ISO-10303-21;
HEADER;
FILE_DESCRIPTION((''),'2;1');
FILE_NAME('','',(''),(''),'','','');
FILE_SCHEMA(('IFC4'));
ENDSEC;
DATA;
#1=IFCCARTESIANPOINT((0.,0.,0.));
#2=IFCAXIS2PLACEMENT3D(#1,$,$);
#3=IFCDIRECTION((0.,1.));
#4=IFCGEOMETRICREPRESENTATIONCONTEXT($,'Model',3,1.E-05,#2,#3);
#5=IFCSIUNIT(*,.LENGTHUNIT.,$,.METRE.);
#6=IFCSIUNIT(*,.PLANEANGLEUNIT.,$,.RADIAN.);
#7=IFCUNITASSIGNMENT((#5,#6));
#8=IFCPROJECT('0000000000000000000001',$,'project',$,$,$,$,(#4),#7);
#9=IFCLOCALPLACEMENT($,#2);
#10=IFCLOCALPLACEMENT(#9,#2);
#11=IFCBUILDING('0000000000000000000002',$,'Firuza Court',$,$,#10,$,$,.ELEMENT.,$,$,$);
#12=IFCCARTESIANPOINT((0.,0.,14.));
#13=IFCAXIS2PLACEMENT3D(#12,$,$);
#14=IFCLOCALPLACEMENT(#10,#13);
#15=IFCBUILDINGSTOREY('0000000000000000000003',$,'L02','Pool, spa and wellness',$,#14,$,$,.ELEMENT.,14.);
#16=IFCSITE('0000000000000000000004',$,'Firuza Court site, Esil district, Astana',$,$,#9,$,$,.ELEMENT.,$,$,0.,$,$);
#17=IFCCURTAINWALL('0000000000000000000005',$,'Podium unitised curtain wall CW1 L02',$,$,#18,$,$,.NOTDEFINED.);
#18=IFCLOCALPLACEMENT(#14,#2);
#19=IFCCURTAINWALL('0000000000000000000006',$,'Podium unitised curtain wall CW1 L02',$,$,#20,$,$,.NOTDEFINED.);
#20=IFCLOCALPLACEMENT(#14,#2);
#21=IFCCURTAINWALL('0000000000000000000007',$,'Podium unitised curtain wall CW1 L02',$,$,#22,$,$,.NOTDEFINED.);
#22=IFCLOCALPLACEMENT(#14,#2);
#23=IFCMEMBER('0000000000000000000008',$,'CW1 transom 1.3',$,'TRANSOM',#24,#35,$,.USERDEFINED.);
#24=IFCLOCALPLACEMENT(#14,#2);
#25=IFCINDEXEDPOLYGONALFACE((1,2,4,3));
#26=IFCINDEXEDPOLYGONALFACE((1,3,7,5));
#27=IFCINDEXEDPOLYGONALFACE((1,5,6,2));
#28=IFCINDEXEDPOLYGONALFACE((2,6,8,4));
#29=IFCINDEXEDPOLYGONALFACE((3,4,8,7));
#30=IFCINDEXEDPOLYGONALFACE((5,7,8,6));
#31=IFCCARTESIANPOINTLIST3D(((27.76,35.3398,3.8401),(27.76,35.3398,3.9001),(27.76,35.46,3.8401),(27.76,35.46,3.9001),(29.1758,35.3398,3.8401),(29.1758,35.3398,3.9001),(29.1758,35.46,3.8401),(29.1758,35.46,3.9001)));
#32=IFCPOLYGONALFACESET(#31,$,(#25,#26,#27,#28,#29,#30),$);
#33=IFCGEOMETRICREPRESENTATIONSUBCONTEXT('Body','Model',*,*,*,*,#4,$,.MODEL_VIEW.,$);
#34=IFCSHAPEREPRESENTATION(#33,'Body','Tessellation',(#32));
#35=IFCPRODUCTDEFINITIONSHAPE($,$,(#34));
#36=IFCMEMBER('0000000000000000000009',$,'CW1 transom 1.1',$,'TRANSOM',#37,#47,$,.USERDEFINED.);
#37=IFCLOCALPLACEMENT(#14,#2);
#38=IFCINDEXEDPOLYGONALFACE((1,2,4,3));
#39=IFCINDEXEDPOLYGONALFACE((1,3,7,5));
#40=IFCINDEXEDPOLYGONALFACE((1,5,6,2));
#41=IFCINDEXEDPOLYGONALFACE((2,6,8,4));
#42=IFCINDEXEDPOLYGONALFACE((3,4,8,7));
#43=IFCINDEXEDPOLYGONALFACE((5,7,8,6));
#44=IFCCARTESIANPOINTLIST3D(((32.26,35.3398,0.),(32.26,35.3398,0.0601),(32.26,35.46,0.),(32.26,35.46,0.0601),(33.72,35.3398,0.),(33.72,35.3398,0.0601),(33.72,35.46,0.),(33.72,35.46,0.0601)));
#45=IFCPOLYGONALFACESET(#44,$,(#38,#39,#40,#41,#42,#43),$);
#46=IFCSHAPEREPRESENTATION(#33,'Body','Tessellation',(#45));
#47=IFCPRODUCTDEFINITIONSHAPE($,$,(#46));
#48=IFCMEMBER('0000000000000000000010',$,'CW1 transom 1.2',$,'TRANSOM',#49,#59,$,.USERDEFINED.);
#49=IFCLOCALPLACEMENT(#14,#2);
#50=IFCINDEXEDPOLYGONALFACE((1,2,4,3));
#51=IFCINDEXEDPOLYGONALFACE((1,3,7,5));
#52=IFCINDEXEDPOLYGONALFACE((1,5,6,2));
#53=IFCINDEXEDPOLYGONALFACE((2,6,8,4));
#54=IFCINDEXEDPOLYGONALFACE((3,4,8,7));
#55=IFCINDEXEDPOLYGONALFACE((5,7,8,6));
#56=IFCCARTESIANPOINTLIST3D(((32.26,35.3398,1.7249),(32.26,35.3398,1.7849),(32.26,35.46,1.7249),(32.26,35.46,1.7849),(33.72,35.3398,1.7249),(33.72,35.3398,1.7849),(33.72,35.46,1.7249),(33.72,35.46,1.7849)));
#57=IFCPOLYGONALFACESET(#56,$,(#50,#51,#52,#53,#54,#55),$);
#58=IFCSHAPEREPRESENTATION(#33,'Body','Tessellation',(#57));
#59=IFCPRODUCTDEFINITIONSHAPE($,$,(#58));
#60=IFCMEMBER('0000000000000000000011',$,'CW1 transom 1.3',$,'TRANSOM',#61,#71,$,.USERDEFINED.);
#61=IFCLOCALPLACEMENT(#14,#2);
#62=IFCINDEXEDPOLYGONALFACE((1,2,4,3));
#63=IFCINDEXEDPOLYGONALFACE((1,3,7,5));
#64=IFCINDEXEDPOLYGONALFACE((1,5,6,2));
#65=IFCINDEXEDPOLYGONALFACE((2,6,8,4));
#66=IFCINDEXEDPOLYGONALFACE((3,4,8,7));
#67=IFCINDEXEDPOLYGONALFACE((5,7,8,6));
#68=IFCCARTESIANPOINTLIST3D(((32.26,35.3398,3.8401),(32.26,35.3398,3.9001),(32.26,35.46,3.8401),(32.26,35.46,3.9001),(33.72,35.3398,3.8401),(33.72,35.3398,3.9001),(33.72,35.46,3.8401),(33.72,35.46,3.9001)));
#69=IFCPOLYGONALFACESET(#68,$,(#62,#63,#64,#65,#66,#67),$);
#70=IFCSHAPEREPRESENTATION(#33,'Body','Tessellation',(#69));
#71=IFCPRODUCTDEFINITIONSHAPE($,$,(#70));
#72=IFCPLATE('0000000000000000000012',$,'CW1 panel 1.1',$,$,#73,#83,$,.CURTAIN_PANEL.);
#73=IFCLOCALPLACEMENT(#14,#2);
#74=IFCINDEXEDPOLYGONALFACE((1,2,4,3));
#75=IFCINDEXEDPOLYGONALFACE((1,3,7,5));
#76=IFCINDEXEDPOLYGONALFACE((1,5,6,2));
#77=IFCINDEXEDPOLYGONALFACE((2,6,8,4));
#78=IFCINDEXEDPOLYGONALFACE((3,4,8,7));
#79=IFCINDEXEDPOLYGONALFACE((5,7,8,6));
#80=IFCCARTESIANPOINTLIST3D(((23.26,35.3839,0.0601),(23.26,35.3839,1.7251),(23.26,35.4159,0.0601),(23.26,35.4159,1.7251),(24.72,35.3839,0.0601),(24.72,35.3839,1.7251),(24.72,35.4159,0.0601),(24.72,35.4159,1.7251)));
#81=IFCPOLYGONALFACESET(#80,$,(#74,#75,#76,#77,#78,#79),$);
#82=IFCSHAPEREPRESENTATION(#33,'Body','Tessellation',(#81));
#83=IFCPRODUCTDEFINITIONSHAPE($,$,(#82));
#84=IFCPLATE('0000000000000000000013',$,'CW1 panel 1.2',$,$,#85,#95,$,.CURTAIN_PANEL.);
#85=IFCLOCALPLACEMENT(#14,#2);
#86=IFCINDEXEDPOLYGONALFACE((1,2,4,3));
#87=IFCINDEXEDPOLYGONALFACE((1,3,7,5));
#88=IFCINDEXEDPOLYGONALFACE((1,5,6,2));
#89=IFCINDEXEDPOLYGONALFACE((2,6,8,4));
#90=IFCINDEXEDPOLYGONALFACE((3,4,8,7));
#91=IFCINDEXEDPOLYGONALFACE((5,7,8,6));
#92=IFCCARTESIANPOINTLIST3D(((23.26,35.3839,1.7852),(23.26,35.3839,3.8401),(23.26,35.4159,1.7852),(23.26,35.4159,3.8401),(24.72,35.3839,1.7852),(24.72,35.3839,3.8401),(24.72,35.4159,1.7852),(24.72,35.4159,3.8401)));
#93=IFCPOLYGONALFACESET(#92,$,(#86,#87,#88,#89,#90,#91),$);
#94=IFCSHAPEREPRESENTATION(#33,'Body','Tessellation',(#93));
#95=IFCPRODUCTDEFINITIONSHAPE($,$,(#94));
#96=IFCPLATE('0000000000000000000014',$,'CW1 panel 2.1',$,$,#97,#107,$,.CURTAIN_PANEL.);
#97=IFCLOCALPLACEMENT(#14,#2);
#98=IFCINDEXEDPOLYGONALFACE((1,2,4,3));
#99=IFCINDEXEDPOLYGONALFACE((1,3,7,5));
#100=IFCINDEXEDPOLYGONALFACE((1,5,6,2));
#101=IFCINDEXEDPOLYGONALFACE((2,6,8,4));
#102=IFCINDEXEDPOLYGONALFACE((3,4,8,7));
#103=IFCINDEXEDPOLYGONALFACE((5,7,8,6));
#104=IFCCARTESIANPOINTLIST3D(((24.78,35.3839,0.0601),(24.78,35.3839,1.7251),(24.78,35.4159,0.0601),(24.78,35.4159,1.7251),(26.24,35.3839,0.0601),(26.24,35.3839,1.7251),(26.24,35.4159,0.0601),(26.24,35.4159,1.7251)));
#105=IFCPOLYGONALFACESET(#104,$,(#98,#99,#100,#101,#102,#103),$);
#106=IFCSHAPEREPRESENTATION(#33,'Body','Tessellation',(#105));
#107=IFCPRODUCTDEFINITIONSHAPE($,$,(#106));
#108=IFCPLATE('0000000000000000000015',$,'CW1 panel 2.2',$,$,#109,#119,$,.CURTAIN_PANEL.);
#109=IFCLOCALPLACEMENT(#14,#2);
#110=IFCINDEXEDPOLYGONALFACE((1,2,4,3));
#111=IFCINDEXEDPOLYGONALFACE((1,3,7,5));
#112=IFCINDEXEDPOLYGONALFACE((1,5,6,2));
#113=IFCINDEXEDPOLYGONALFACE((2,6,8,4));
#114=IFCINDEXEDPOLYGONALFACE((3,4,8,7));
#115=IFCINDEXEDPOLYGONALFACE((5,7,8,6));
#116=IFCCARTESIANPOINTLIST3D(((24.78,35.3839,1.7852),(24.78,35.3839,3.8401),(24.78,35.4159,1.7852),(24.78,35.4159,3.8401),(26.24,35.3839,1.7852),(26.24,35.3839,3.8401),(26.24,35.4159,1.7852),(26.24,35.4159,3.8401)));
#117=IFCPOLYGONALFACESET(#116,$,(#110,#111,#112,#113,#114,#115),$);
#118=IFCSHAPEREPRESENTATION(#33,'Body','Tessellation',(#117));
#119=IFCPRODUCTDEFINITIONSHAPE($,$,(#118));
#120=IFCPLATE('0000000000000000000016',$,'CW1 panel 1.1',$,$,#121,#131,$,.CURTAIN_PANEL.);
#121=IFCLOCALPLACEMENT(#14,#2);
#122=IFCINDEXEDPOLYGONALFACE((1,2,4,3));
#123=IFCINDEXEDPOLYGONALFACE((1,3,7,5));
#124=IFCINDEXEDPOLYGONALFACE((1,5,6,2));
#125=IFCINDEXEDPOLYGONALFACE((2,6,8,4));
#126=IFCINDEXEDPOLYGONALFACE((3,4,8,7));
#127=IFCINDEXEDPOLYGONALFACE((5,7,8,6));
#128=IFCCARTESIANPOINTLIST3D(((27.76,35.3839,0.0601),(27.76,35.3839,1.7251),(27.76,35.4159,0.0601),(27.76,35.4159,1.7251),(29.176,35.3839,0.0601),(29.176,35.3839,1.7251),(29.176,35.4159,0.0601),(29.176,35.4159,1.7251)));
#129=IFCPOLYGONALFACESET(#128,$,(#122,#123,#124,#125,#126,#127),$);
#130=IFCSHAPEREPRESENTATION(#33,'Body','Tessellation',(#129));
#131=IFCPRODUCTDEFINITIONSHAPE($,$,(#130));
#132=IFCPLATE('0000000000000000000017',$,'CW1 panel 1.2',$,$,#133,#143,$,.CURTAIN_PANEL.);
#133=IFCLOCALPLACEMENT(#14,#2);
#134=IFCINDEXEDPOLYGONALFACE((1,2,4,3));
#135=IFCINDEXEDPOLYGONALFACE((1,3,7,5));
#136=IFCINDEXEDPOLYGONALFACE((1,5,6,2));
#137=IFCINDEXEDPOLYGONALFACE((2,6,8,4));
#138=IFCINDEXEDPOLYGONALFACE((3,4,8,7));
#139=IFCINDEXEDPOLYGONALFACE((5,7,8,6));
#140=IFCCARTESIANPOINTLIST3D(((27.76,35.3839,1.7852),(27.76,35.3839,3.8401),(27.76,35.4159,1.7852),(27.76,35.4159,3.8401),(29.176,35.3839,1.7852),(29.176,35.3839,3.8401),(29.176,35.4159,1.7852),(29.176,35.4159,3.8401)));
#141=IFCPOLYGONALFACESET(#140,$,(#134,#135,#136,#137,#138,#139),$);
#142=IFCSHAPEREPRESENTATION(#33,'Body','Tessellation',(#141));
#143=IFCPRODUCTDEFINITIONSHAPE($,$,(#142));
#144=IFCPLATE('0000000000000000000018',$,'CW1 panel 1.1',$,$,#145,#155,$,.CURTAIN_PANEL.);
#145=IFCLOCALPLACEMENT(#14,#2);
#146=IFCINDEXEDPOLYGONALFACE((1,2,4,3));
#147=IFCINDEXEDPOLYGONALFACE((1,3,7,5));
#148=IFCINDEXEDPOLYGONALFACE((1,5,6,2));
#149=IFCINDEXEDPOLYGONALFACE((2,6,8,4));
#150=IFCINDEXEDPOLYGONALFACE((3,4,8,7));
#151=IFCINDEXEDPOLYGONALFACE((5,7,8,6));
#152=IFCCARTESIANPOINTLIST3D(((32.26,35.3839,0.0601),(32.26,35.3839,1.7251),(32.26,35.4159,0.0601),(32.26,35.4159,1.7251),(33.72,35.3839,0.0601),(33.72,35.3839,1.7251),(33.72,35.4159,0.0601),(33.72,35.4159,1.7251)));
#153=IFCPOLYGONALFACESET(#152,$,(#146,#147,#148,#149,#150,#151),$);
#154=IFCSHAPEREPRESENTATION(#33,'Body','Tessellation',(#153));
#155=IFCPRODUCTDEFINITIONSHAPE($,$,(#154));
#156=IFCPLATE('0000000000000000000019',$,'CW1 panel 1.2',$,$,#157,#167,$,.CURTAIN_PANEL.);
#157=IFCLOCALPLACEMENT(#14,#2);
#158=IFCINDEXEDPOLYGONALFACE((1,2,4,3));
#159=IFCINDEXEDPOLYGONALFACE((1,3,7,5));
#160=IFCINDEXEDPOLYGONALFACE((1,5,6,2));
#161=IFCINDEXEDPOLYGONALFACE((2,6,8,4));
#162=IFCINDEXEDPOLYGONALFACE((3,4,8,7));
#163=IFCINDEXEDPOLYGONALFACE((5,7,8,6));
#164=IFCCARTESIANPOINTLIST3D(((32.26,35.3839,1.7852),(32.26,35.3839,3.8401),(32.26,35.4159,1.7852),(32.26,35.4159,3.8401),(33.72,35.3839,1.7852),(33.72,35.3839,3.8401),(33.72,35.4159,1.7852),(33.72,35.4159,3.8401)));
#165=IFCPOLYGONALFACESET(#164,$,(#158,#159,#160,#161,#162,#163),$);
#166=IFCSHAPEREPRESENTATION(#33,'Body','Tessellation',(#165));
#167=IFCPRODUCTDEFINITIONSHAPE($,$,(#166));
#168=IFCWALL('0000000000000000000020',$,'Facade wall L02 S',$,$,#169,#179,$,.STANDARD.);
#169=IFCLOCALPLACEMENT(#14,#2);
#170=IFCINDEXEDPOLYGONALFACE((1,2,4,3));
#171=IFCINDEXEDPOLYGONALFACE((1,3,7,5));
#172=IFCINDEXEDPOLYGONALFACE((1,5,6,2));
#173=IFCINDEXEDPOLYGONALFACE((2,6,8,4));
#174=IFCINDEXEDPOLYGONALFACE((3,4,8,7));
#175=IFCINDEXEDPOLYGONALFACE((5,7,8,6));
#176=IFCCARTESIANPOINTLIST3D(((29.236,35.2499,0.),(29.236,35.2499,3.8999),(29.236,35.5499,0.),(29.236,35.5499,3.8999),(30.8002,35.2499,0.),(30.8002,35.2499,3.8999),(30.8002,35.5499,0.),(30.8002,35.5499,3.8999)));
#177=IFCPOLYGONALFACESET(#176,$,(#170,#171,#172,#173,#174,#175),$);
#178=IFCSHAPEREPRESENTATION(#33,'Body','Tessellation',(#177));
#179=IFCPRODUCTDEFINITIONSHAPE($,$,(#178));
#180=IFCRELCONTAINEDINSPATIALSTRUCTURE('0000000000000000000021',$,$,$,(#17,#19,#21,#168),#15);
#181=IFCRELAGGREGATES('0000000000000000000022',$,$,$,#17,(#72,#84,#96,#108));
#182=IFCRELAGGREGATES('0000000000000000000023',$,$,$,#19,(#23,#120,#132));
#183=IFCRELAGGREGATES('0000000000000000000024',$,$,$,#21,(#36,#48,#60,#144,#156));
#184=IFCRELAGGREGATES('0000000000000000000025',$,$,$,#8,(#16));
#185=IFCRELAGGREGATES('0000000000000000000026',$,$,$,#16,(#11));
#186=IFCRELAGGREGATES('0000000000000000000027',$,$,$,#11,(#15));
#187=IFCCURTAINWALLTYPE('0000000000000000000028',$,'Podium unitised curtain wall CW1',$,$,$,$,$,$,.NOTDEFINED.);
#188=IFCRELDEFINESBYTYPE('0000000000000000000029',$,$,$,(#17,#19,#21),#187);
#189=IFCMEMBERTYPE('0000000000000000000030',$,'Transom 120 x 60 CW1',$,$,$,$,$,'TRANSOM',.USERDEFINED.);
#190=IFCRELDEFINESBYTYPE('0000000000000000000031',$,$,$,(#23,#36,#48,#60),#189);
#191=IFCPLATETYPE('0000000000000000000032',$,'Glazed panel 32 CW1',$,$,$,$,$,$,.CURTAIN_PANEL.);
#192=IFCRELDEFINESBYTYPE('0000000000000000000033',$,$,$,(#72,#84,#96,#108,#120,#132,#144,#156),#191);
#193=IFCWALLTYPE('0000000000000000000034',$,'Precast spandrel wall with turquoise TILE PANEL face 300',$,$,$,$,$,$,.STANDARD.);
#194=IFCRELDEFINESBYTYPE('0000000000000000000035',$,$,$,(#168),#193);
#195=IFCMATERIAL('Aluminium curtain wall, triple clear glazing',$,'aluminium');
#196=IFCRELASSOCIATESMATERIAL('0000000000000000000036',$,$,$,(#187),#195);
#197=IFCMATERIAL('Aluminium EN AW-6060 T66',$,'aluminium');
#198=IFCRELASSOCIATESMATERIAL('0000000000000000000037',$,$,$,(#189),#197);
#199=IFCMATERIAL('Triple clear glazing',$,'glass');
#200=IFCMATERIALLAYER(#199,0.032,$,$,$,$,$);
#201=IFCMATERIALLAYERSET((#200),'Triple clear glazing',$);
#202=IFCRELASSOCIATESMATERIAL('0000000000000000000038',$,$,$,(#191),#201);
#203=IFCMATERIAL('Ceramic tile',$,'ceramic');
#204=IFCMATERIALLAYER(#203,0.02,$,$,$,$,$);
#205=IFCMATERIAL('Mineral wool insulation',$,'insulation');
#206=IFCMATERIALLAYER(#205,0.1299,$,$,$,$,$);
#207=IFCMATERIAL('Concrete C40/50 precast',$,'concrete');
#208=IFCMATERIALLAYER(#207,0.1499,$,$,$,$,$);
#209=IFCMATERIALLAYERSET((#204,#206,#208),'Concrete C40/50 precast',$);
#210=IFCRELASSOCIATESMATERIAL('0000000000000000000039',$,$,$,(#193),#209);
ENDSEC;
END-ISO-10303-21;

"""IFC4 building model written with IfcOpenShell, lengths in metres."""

from ifc_helpers import new_model, si_unit, direction, frame, frame_2d, origin, origin_2d, place, context, subcontext, project, spatial, rectangle, extrude, material, layer, layer_set, material_profile, profile_set, type_object, element, aggregate, save


model = new_model("IFC4")

# Units and contexts
model_context = context("Model", 3, precision=1e-05, world=origin(), true_north=direction((0.0, 1.0)))
body_context = subcontext(model_context, "Body", "Model", "MODEL_VIEW")
ifc_project = project(units=[si_unit("LENGTHUNIT", "METRE"), si_unit("PLANEANGLEUNIT", "RADIAN")], contexts=[model_context])

# Site, building, storey
site_placement = place(None, origin())
site = spatial("IfcSite", under=ifc_project, at=site_placement, Name="Firuza Court site, Esil district, Astana", CompositionType="ELEMENT", RefElevation=0.0)
building_placement = place(site_placement, origin())
building = spatial("IfcBuilding", under=site, at=building_placement, Name="Firuza Court", CompositionType="ELEMENT")
storey_placement = place(building_placement, frame((0.0, 0.0, 14.0)))
storey = spatial("IfcBuildingStorey", under=building, at=storey_placement, Name="L02", Description="Pool, spa and wellness", CompositionType="ELEMENT", Elevation=14.0)

# Shared definitions
ifc_material_1 = material(Name="Aluminium curtain wall, triple clear glazing", Category="aluminium")
curtain_wall_type = type_object("IfcCurtainWallType", Name="Podium unitised curtain wall CW1", PredefinedType="NOTDEFINED", material=ifc_material_1)

# Curtain walls
curtain_wall_1_placement = place(storey_placement, origin())
curtain_wall_1 = element("IfcCurtainWall", 1, at=curtain_wall_1_placement, inside=storey, type_object=curtain_wall_type, Name="Podium unitised curtain wall CW1 L02", PredefinedType="NOTDEFINED")
curtain_wall_2_placement = place(storey_placement, origin())
curtain_wall_2 = element("IfcCurtainWall", 2, at=curtain_wall_2_placement, inside=storey, type_object=curtain_wall_type, Name="Podium unitised curtain wall CW1 L02", PredefinedType="NOTDEFINED")

# Curtain wall
curtain_wall_3_placement = place(storey_placement, origin())
curtain_wall_3 = element("IfcCurtainWall", 3, at=curtain_wall_3_placement, inside=storey, type_object=curtain_wall_type, Name="Podium unitised curtain wall CW1 L02", PredefinedType="NOTDEFINED")

# Members
ifc_material_2 = material(Name="Aluminium EN AW-6060 T66", Category="aluminium")
ifc_material_profile_1 = material_profile(ifc_material_2, rectangle(XDim=0.1201, YDim=0.0601, at=origin_2d()), Name="Transom 120 x 60 CW1")
ifc_profile_set_1 = profile_set([ifc_material_profile_1], Name="Aluminium EN AW-6060 T66")
member_type_1 = type_object("IfcMemberType", Name="Transom 120 x 60 CW1", ElementType="TRANSOM", PredefinedType="USERDEFINED", material=ifc_profile_set_1)
member_1_placement = place(storey_placement, frame((27.76, 35.3999, 3.8701), z_axis=(1.0, 0.0, 0.0), x_axis=(0.0, 1.0, 0.0)))
member_1 = element("IfcMember", 4, at=member_1_placement, type_object=member_type_1, Name="CW1 transom 1.3", ObjectType="TRANSOM", PredefinedType="USERDEFINED", context=body_context, shape_type="SweptSolid", body=[
    extrude(rectangle(XDim=0.1201, YDim=0.0601, at=origin_2d()), origin(), (0.0, 0.0, 1.0), 1.4158),
])
member_2_placement = place(storey_placement, frame((32.26, 35.3999, 0.03), z_axis=(1.0, 0.0, 0.0), x_axis=(0.0, 1.0, 0.0)))
member_2 = element("IfcMember", 5, at=member_2_placement, type_object=member_type_1, Name="CW1 transom 1.1", ObjectType="TRANSOM", PredefinedType="USERDEFINED", context=body_context, shape_type="SweptSolid", body=[
    extrude(rectangle(XDim=0.1201, YDim=0.0601, at=origin_2d()), origin(), (0.0, 0.0, 1.0), 1.46),
])
member_3_placement = place(storey_placement, frame((32.26, 35.3999, 1.7549), z_axis=(1.0, 0.0, 0.0), x_axis=(0.0, 1.0, 0.0)))
member_3 = element("IfcMember", 6, at=member_3_placement, type_object=member_type_1, Name="CW1 transom 1.2", ObjectType="TRANSOM", PredefinedType="USERDEFINED", context=body_context, shape_type="SweptSolid", body=[
    extrude(rectangle(XDim=0.1201, YDim=0.0601, at=origin_2d()), origin(), (0.0, 0.0, 1.0), 1.46),
])
member_4_placement = place(storey_placement, frame((32.26, 35.3999, 3.8701), z_axis=(1.0, 0.0, 0.0), x_axis=(0.0, 1.0, 0.0)))
member_4 = element("IfcMember", 7, at=member_4_placement, type_object=member_type_1, Name="CW1 transom 1.3", ObjectType="TRANSOM", PredefinedType="USERDEFINED", context=body_context, shape_type="SweptSolid", body=[
    extrude(rectangle(XDim=0.1201, YDim=0.0601, at=origin_2d()), origin(), (0.0, 0.0, 1.0), 1.46),
])

# Plates
ifc_material_3 = material(Name="Triple clear glazing", Category="glass")
ifc_layer_1 = layer(ifc_material_3, 0.032)
ifc_layer_set_1 = layer_set([ifc_layer_1], Name="Triple clear glazing")
plate_type = type_object("IfcPlateType", Name="Glazed panel 32 CW1", PredefinedType="CURTAIN_PANEL", material=ifc_layer_set_1)
plate_1_placement = place(storey_placement, frame((23.99, 35.3999, 0.0601), z_axis=(0.0, 0.0, 1.0), x_axis=(1.0, 0.0, 0.0)))
plate_1 = element("IfcPlate", 8, at=plate_1_placement, type_object=plate_type, Name="CW1 panel 1.1", PredefinedType="CURTAIN_PANEL", context=body_context, shape_type="SweptSolid", body=[
    extrude(rectangle(XDim=1.46, YDim=0.032, at=origin_2d()), origin(), (0.0, 0.0, 1.0), 1.665),
])
plate_2_placement = place(storey_placement, frame((23.99, 35.3999, 1.7852), z_axis=(0.0, 0.0, 1.0), x_axis=(1.0, 0.0, 0.0)))
plate_2 = element("IfcPlate", 9, at=plate_2_placement, type_object=plate_type, Name="CW1 panel 1.2", PredefinedType="CURTAIN_PANEL", context=body_context, shape_type="SweptSolid", body=[
    extrude(rectangle(XDim=1.46, YDim=0.032, at=origin_2d()), origin(), (0.0, 0.0, 1.0), 2.0549),
])
plate_3_placement = place(storey_placement, frame((25.51, 35.3999, 0.0601), z_axis=(0.0, 0.0, 1.0), x_axis=(1.0, 0.0, 0.0)))
plate_3 = element("IfcPlate", 10, at=plate_3_placement, type_object=plate_type, Name="CW1 panel 2.1", PredefinedType="CURTAIN_PANEL", context=body_context, shape_type="SweptSolid", body=[
    extrude(rectangle(XDim=1.46, YDim=0.032, at=origin_2d()), origin(), (0.0, 0.0, 1.0), 1.665),
])
plate_4_placement = place(storey_placement, frame((25.51, 35.3999, 1.7852), z_axis=(0.0, 0.0, 1.0), x_axis=(1.0, 0.0, 0.0)))
plate_4 = element("IfcPlate", 11, at=plate_4_placement, type_object=plate_type, Name="CW1 panel 2.2", PredefinedType="CURTAIN_PANEL", context=body_context, shape_type="SweptSolid", body=[
    extrude(rectangle(XDim=1.46, YDim=0.032, at=origin_2d()), origin(), (0.0, 0.0, 1.0), 2.0549),
])
aggregate(curtain_wall_1, [plate_1, plate_2, plate_3, plate_4])
plate_5_placement = place(storey_placement, frame((28.468, 35.3999, 0.0601), z_axis=(0.0, 0.0, 1.0), x_axis=(1.0, 0.0, 0.0)))
plate_5 = element("IfcPlate", 12, at=plate_5_placement, type_object=plate_type, Name="CW1 panel 1.1", PredefinedType="CURTAIN_PANEL", context=body_context, shape_type="SweptSolid", body=[
    extrude(rectangle(XDim=1.416, YDim=0.032, at=origin_2d()), origin(), (0.0, 0.0, 1.0), 1.665),
])
plate_6_placement = place(storey_placement, frame((28.468, 35.3999, 1.7852), z_axis=(0.0, 0.0, 1.0), x_axis=(1.0, 0.0, 0.0)))
plate_6 = element("IfcPlate", 13, at=plate_6_placement, type_object=plate_type, Name="CW1 panel 1.2", PredefinedType="CURTAIN_PANEL", context=body_context, shape_type="SweptSolid", body=[
    extrude(rectangle(XDim=1.416, YDim=0.032, at=origin_2d()), origin(), (0.0, 0.0, 1.0), 2.0549),
])
aggregate(curtain_wall_2, [member_1, plate_5, plate_6])
plate_7_placement = place(storey_placement, frame((32.99, 35.3999, 0.0601), z_axis=(0.0, 0.0, 1.0), x_axis=(1.0, 0.0, 0.0)))
plate_7 = element("IfcPlate", 14, at=plate_7_placement, type_object=plate_type, Name="CW1 panel 1.1", PredefinedType="CURTAIN_PANEL", context=body_context, shape_type="SweptSolid", body=[
    extrude(rectangle(XDim=1.46, YDim=0.032, at=origin_2d()), origin(), (0.0, 0.0, 1.0), 1.665),
])
plate_8_placement = place(storey_placement, frame((32.99, 35.3999, 1.7852), z_axis=(0.0, 0.0, 1.0), x_axis=(1.0, 0.0, 0.0)))
plate_8 = element("IfcPlate", 15, at=plate_8_placement, type_object=plate_type, Name="CW1 panel 1.2", PredefinedType="CURTAIN_PANEL", context=body_context, shape_type="SweptSolid", body=[
    extrude(rectangle(XDim=1.46, YDim=0.032, at=origin_2d()), origin(), (0.0, 0.0, 1.0), 2.0549),
])
aggregate(curtain_wall_3, [member_2, member_3, member_4, plate_7, plate_8])

# Wall
ifc_material_4 = material(Name="Ceramic tile", Category="ceramic")
ifc_layer_2 = layer(ifc_material_4, 0.02)
ifc_material_5 = material(Name="Mineral wool insulation", Category="insulation")
ifc_layer_3 = layer(ifc_material_5, 0.1299)
ifc_material_6 = material(Name="Concrete C40/50 precast", Category="concrete")
ifc_layer_4 = layer(ifc_material_6, 0.1499)
ifc_layer_set_2 = layer_set([ifc_layer_2, ifc_layer_3, ifc_layer_4], Name="Concrete C40/50 precast")
wall_type = type_object("IfcWallType", Name="Precast spandrel wall with turquoise TILE PANEL face 300", PredefinedType="STANDARD", material=ifc_layer_set_2)
wall_placement = place(storey_placement, frame((29.2358, 35.3999, 0.0), z_axis=(0.0, 0.0, 1.0), x_axis=(1.0, 0.0, 0.0)))
element("IfcWall", 16, at=wall_placement, inside=storey, type_object=wall_type, Name="Facade wall L02 S", PredefinedType="STANDARD", context=body_context, shape_type="SweptSolid", body=[
    extrude(rectangle(XDim=1.5642, YDim=0.3, at=frame_2d((0.7822, 0.0))), origin(), (0.0, 0.0, 1.0), 3.8999),
])

save(model, "model.ifc")
